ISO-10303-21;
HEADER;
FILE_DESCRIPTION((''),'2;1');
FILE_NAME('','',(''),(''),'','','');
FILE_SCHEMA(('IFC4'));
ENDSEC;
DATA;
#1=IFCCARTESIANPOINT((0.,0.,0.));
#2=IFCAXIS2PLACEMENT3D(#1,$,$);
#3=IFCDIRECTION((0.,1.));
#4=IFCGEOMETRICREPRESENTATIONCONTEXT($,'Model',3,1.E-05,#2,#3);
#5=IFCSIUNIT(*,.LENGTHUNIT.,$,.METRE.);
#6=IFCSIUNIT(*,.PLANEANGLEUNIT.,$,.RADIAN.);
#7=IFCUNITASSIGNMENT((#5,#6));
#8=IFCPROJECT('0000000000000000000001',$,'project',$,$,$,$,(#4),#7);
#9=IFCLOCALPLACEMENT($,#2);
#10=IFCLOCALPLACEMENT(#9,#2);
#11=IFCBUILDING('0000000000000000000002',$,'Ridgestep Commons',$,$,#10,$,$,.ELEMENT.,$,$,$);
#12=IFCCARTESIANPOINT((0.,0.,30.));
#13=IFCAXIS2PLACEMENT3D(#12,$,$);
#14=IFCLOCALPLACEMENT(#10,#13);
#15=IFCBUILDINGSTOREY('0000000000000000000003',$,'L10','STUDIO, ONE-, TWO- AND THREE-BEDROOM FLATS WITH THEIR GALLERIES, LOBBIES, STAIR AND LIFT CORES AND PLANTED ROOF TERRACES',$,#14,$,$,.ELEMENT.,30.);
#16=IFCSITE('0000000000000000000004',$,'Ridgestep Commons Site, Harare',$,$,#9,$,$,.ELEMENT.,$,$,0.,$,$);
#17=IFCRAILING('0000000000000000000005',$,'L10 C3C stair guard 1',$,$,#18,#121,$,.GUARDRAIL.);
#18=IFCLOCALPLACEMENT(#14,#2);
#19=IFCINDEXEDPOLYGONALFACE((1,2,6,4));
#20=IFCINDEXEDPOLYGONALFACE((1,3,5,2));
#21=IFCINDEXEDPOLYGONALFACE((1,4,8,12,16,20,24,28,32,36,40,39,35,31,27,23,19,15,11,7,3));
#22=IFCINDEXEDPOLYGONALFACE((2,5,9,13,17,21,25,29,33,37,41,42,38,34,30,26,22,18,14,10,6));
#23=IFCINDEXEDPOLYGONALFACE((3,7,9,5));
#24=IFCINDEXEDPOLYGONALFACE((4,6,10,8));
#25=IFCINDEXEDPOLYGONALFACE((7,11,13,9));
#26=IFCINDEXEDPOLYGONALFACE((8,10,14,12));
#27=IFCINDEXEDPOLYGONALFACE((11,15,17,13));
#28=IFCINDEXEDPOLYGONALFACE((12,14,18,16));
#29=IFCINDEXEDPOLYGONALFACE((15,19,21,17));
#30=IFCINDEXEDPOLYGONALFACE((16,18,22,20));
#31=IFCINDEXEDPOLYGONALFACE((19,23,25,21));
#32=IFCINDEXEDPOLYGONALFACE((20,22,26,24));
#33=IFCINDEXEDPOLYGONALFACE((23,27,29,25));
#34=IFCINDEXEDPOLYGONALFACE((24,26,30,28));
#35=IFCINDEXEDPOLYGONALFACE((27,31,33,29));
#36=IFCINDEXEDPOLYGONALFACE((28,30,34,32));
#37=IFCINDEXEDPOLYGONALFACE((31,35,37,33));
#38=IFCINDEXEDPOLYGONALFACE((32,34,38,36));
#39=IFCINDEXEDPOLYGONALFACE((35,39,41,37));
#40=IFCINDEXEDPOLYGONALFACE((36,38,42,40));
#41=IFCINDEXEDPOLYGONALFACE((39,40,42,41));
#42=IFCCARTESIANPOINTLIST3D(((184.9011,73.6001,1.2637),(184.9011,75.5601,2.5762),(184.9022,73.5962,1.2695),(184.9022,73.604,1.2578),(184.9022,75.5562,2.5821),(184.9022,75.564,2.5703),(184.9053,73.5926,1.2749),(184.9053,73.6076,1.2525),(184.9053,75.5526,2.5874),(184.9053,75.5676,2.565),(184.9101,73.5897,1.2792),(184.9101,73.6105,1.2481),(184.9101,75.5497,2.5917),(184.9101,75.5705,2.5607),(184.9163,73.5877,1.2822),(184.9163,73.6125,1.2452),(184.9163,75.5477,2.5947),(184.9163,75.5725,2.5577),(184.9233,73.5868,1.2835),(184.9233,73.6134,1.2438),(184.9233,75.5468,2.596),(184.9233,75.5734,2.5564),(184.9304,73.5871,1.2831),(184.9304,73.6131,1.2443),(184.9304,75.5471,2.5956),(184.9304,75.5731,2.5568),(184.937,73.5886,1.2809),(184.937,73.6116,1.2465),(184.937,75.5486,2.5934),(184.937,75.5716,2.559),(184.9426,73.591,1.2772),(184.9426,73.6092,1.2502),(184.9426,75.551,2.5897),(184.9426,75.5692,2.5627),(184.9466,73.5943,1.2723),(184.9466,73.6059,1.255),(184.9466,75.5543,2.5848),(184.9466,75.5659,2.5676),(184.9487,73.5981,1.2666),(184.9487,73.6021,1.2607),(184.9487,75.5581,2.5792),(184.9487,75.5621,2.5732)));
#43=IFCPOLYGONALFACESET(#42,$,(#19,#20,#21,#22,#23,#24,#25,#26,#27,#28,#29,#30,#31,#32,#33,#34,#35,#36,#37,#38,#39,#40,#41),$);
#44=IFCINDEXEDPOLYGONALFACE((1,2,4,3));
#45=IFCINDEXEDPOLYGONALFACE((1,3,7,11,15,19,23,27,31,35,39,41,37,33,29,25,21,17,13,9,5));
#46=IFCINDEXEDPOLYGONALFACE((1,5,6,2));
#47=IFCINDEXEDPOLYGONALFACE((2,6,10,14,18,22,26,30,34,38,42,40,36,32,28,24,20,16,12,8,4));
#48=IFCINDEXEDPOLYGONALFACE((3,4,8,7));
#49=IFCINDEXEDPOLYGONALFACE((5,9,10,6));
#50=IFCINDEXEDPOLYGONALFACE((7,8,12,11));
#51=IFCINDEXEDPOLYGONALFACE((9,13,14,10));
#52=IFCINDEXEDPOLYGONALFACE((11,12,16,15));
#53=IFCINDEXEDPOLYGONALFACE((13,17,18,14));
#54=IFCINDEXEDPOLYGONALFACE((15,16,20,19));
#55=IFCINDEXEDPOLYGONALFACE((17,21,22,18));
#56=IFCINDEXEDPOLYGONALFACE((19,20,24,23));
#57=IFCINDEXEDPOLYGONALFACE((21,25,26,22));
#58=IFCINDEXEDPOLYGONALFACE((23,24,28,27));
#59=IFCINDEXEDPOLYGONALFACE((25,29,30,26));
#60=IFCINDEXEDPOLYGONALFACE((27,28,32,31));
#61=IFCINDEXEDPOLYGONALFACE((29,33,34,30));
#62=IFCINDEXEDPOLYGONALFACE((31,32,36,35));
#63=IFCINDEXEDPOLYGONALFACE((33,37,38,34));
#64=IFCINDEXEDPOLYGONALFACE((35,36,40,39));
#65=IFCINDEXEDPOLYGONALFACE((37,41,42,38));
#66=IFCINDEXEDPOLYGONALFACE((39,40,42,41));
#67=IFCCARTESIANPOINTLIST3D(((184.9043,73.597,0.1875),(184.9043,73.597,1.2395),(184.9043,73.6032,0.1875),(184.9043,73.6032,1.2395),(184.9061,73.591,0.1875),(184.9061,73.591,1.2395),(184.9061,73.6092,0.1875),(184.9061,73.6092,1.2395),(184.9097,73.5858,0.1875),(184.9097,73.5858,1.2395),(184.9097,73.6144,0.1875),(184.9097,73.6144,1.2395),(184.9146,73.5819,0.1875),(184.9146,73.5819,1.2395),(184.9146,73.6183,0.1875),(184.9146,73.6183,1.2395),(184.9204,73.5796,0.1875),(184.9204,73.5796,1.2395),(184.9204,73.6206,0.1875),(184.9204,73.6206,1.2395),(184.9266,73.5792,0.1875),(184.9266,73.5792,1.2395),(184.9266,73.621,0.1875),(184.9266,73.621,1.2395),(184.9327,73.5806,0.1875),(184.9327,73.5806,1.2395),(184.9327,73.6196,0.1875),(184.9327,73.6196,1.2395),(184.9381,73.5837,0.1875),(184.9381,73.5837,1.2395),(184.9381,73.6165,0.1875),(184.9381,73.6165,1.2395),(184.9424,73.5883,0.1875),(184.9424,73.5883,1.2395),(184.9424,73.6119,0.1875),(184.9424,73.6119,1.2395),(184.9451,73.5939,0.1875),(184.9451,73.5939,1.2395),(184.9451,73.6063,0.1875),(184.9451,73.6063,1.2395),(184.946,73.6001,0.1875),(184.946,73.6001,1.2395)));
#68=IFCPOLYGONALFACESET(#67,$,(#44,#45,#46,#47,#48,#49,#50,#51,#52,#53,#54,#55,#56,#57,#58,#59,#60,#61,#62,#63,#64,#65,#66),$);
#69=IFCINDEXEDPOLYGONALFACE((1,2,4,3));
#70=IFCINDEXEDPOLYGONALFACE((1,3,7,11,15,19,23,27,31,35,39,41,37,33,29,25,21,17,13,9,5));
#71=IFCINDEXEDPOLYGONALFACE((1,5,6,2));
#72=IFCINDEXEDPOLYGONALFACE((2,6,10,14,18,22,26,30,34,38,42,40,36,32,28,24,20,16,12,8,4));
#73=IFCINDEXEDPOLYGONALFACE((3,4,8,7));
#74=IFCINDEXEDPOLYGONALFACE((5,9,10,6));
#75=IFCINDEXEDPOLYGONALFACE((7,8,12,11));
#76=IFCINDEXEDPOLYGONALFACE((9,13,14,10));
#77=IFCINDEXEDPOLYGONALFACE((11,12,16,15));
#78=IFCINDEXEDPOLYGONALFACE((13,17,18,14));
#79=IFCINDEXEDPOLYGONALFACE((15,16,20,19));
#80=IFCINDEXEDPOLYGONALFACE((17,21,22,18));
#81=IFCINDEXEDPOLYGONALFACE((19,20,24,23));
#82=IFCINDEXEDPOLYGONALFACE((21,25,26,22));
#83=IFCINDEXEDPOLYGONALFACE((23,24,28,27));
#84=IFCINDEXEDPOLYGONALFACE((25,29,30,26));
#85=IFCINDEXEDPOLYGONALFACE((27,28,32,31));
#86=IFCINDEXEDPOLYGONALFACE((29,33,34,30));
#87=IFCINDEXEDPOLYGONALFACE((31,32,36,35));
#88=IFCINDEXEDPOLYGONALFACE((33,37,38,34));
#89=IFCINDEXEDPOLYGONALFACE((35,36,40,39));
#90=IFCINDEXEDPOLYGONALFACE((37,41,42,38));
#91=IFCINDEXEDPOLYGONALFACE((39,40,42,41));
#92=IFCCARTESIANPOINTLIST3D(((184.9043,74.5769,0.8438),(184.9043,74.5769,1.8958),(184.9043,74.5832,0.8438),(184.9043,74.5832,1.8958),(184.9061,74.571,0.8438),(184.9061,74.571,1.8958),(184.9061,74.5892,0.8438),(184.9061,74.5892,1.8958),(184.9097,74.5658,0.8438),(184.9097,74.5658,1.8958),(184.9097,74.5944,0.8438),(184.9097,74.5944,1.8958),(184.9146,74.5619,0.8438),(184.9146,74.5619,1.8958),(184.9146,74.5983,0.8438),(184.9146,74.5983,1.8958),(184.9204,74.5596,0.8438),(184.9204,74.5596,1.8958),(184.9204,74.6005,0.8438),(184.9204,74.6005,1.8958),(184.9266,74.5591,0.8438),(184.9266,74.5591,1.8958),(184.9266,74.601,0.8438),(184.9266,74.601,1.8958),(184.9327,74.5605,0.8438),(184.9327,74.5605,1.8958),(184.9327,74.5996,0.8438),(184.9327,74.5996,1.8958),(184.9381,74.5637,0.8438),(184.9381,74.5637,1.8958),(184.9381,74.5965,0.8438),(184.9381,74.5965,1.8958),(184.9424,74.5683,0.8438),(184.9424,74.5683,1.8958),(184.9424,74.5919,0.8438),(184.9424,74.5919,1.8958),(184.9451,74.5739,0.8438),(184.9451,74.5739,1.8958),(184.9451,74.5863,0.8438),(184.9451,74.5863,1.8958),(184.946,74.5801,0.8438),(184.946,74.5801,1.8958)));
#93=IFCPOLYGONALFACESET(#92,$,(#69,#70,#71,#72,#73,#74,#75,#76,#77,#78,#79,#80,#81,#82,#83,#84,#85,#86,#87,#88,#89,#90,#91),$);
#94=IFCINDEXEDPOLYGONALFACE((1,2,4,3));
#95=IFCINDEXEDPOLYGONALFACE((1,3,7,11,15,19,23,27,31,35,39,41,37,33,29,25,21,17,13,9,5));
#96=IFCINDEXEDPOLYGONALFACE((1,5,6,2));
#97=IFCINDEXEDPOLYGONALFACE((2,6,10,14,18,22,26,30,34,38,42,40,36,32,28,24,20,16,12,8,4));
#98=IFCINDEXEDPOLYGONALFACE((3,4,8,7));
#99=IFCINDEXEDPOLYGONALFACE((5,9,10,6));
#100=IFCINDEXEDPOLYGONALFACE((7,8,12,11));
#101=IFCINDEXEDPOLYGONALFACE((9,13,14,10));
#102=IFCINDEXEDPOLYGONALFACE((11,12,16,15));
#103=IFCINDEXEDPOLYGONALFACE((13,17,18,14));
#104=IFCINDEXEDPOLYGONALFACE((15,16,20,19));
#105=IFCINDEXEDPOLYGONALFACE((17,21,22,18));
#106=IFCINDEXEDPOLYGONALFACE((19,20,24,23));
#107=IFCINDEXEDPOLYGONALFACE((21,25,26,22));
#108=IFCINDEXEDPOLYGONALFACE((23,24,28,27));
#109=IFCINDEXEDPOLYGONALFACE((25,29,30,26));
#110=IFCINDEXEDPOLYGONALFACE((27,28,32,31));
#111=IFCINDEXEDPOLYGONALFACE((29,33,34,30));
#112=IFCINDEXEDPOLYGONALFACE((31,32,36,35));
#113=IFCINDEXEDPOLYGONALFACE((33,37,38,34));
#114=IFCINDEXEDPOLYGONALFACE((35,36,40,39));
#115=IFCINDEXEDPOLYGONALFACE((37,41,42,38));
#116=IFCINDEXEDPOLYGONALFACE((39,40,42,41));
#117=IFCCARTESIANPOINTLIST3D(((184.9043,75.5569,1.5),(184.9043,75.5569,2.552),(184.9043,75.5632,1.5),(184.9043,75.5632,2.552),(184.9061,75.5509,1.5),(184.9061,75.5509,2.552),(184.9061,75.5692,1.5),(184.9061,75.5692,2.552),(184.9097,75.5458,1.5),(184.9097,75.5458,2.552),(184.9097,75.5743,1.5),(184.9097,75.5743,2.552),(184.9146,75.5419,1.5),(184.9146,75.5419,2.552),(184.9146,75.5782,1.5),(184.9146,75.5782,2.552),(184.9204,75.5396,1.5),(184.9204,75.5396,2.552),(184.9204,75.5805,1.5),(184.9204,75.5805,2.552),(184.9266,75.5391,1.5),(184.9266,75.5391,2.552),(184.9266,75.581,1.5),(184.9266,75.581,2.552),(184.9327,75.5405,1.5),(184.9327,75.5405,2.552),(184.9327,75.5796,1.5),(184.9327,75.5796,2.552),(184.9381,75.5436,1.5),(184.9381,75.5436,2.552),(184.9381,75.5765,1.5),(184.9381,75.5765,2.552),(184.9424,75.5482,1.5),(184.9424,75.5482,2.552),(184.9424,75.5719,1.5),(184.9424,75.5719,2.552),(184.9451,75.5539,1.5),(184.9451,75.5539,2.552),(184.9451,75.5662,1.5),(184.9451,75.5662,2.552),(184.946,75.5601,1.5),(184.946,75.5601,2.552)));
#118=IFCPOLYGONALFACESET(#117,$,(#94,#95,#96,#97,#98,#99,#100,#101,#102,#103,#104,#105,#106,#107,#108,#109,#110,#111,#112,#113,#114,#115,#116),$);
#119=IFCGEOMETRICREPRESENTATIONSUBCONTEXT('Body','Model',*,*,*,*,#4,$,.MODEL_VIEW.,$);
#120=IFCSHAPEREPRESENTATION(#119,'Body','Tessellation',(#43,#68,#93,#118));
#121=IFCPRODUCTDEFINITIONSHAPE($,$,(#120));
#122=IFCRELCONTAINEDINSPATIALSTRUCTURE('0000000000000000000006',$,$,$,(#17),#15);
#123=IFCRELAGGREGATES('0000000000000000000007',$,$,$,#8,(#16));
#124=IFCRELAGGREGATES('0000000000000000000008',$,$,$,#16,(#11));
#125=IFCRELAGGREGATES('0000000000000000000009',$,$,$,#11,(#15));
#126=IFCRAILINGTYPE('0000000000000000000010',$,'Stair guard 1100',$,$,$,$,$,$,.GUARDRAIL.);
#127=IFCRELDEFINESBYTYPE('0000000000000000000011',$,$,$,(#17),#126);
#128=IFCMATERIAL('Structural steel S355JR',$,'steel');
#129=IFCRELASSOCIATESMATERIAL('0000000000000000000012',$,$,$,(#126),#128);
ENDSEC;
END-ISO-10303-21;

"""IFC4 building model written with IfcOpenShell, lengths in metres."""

from ifc_helpers import new_model, si_unit, direction, frame, origin, origin_2d, place, context, subcontext, project, spatial, circle, extrude, material, type_object, element, save


model = new_model("IFC4")

# Units and contexts
model_context = context("Model", 3, precision=1e-05, world=origin(), true_north=direction((0.0, 1.0)))
body_context = subcontext(model_context, "Body", "Model", "MODEL_VIEW")
ifc_project = project(units=[si_unit("LENGTHUNIT", "METRE"), si_unit("PLANEANGLEUNIT", "RADIAN")], contexts=[model_context])

# Site, building, storey
site_placement = place(None, origin())
site = spatial("IfcSite", under=ifc_project, at=site_placement, Name="Ridgestep Commons Site, Harare", CompositionType="ELEMENT", RefElevation=0.0)
building_placement = place(site_placement, origin())
building = spatial("IfcBuilding", under=site, at=building_placement, Name="Ridgestep Commons", CompositionType="ELEMENT")
storey_placement = place(building_placement, frame((0.0, 0.0, 30.0)))
storey = spatial("IfcBuildingStorey", under=building, at=storey_placement, Name="L10", Description="STUDIO, ONE-, TWO- AND THREE-BEDROOM FLATS WITH THEIR GALLERIES, LOBBIES, STAIR AND LIFT CORES AND PLANTED ROOF TERRACES", CompositionType="ELEMENT", Elevation=30.0)

# Railing
ifc_material_1 = material(Name="Structural steel S355JR", Category="steel")
railing_type_1 = type_object("IfcRailingType", Name="Stair guard 1100", PredefinedType="GUARDRAIL", material=ifc_material_1)
railing_1_placement = place(storey_placement, frame((184.925, 73.6001, 0.1875)))
element("IfcRailing", 1, at=railing_1_placement, inside=storey, type_object=railing_type_1, Name="L10 C3C stair guard 1", PredefinedType="GUARDRAIL", context=body_context, shape_type="SweptSolid", body=[
    extrude(circle(Radius=0.0239, at=origin_2d()), frame((0.0, 0.0, 1.0762), z_axis=(0.0, 0.830902, 0.556419), x_axis=(-1.0, 0.0, 0.0)), (0.0, 0.0, 1.0), 2.3589),
    extrude(circle(Radius=0.021, at=origin_2d()), origin(), (0.0, 0.0, 1.0), 1.052),
    extrude(circle(Radius=0.021, at=origin_2d()), frame((0.0, 0.98, 0.6562)), (0.0, 0.0, 1.0), 1.052),
    extrude(circle(Radius=0.021, at=origin_2d()), frame((0.0, 1.96, 1.3125)), (0.0, 0.0, 1.0), 1.052),
])

save(model, "model.ifc")
